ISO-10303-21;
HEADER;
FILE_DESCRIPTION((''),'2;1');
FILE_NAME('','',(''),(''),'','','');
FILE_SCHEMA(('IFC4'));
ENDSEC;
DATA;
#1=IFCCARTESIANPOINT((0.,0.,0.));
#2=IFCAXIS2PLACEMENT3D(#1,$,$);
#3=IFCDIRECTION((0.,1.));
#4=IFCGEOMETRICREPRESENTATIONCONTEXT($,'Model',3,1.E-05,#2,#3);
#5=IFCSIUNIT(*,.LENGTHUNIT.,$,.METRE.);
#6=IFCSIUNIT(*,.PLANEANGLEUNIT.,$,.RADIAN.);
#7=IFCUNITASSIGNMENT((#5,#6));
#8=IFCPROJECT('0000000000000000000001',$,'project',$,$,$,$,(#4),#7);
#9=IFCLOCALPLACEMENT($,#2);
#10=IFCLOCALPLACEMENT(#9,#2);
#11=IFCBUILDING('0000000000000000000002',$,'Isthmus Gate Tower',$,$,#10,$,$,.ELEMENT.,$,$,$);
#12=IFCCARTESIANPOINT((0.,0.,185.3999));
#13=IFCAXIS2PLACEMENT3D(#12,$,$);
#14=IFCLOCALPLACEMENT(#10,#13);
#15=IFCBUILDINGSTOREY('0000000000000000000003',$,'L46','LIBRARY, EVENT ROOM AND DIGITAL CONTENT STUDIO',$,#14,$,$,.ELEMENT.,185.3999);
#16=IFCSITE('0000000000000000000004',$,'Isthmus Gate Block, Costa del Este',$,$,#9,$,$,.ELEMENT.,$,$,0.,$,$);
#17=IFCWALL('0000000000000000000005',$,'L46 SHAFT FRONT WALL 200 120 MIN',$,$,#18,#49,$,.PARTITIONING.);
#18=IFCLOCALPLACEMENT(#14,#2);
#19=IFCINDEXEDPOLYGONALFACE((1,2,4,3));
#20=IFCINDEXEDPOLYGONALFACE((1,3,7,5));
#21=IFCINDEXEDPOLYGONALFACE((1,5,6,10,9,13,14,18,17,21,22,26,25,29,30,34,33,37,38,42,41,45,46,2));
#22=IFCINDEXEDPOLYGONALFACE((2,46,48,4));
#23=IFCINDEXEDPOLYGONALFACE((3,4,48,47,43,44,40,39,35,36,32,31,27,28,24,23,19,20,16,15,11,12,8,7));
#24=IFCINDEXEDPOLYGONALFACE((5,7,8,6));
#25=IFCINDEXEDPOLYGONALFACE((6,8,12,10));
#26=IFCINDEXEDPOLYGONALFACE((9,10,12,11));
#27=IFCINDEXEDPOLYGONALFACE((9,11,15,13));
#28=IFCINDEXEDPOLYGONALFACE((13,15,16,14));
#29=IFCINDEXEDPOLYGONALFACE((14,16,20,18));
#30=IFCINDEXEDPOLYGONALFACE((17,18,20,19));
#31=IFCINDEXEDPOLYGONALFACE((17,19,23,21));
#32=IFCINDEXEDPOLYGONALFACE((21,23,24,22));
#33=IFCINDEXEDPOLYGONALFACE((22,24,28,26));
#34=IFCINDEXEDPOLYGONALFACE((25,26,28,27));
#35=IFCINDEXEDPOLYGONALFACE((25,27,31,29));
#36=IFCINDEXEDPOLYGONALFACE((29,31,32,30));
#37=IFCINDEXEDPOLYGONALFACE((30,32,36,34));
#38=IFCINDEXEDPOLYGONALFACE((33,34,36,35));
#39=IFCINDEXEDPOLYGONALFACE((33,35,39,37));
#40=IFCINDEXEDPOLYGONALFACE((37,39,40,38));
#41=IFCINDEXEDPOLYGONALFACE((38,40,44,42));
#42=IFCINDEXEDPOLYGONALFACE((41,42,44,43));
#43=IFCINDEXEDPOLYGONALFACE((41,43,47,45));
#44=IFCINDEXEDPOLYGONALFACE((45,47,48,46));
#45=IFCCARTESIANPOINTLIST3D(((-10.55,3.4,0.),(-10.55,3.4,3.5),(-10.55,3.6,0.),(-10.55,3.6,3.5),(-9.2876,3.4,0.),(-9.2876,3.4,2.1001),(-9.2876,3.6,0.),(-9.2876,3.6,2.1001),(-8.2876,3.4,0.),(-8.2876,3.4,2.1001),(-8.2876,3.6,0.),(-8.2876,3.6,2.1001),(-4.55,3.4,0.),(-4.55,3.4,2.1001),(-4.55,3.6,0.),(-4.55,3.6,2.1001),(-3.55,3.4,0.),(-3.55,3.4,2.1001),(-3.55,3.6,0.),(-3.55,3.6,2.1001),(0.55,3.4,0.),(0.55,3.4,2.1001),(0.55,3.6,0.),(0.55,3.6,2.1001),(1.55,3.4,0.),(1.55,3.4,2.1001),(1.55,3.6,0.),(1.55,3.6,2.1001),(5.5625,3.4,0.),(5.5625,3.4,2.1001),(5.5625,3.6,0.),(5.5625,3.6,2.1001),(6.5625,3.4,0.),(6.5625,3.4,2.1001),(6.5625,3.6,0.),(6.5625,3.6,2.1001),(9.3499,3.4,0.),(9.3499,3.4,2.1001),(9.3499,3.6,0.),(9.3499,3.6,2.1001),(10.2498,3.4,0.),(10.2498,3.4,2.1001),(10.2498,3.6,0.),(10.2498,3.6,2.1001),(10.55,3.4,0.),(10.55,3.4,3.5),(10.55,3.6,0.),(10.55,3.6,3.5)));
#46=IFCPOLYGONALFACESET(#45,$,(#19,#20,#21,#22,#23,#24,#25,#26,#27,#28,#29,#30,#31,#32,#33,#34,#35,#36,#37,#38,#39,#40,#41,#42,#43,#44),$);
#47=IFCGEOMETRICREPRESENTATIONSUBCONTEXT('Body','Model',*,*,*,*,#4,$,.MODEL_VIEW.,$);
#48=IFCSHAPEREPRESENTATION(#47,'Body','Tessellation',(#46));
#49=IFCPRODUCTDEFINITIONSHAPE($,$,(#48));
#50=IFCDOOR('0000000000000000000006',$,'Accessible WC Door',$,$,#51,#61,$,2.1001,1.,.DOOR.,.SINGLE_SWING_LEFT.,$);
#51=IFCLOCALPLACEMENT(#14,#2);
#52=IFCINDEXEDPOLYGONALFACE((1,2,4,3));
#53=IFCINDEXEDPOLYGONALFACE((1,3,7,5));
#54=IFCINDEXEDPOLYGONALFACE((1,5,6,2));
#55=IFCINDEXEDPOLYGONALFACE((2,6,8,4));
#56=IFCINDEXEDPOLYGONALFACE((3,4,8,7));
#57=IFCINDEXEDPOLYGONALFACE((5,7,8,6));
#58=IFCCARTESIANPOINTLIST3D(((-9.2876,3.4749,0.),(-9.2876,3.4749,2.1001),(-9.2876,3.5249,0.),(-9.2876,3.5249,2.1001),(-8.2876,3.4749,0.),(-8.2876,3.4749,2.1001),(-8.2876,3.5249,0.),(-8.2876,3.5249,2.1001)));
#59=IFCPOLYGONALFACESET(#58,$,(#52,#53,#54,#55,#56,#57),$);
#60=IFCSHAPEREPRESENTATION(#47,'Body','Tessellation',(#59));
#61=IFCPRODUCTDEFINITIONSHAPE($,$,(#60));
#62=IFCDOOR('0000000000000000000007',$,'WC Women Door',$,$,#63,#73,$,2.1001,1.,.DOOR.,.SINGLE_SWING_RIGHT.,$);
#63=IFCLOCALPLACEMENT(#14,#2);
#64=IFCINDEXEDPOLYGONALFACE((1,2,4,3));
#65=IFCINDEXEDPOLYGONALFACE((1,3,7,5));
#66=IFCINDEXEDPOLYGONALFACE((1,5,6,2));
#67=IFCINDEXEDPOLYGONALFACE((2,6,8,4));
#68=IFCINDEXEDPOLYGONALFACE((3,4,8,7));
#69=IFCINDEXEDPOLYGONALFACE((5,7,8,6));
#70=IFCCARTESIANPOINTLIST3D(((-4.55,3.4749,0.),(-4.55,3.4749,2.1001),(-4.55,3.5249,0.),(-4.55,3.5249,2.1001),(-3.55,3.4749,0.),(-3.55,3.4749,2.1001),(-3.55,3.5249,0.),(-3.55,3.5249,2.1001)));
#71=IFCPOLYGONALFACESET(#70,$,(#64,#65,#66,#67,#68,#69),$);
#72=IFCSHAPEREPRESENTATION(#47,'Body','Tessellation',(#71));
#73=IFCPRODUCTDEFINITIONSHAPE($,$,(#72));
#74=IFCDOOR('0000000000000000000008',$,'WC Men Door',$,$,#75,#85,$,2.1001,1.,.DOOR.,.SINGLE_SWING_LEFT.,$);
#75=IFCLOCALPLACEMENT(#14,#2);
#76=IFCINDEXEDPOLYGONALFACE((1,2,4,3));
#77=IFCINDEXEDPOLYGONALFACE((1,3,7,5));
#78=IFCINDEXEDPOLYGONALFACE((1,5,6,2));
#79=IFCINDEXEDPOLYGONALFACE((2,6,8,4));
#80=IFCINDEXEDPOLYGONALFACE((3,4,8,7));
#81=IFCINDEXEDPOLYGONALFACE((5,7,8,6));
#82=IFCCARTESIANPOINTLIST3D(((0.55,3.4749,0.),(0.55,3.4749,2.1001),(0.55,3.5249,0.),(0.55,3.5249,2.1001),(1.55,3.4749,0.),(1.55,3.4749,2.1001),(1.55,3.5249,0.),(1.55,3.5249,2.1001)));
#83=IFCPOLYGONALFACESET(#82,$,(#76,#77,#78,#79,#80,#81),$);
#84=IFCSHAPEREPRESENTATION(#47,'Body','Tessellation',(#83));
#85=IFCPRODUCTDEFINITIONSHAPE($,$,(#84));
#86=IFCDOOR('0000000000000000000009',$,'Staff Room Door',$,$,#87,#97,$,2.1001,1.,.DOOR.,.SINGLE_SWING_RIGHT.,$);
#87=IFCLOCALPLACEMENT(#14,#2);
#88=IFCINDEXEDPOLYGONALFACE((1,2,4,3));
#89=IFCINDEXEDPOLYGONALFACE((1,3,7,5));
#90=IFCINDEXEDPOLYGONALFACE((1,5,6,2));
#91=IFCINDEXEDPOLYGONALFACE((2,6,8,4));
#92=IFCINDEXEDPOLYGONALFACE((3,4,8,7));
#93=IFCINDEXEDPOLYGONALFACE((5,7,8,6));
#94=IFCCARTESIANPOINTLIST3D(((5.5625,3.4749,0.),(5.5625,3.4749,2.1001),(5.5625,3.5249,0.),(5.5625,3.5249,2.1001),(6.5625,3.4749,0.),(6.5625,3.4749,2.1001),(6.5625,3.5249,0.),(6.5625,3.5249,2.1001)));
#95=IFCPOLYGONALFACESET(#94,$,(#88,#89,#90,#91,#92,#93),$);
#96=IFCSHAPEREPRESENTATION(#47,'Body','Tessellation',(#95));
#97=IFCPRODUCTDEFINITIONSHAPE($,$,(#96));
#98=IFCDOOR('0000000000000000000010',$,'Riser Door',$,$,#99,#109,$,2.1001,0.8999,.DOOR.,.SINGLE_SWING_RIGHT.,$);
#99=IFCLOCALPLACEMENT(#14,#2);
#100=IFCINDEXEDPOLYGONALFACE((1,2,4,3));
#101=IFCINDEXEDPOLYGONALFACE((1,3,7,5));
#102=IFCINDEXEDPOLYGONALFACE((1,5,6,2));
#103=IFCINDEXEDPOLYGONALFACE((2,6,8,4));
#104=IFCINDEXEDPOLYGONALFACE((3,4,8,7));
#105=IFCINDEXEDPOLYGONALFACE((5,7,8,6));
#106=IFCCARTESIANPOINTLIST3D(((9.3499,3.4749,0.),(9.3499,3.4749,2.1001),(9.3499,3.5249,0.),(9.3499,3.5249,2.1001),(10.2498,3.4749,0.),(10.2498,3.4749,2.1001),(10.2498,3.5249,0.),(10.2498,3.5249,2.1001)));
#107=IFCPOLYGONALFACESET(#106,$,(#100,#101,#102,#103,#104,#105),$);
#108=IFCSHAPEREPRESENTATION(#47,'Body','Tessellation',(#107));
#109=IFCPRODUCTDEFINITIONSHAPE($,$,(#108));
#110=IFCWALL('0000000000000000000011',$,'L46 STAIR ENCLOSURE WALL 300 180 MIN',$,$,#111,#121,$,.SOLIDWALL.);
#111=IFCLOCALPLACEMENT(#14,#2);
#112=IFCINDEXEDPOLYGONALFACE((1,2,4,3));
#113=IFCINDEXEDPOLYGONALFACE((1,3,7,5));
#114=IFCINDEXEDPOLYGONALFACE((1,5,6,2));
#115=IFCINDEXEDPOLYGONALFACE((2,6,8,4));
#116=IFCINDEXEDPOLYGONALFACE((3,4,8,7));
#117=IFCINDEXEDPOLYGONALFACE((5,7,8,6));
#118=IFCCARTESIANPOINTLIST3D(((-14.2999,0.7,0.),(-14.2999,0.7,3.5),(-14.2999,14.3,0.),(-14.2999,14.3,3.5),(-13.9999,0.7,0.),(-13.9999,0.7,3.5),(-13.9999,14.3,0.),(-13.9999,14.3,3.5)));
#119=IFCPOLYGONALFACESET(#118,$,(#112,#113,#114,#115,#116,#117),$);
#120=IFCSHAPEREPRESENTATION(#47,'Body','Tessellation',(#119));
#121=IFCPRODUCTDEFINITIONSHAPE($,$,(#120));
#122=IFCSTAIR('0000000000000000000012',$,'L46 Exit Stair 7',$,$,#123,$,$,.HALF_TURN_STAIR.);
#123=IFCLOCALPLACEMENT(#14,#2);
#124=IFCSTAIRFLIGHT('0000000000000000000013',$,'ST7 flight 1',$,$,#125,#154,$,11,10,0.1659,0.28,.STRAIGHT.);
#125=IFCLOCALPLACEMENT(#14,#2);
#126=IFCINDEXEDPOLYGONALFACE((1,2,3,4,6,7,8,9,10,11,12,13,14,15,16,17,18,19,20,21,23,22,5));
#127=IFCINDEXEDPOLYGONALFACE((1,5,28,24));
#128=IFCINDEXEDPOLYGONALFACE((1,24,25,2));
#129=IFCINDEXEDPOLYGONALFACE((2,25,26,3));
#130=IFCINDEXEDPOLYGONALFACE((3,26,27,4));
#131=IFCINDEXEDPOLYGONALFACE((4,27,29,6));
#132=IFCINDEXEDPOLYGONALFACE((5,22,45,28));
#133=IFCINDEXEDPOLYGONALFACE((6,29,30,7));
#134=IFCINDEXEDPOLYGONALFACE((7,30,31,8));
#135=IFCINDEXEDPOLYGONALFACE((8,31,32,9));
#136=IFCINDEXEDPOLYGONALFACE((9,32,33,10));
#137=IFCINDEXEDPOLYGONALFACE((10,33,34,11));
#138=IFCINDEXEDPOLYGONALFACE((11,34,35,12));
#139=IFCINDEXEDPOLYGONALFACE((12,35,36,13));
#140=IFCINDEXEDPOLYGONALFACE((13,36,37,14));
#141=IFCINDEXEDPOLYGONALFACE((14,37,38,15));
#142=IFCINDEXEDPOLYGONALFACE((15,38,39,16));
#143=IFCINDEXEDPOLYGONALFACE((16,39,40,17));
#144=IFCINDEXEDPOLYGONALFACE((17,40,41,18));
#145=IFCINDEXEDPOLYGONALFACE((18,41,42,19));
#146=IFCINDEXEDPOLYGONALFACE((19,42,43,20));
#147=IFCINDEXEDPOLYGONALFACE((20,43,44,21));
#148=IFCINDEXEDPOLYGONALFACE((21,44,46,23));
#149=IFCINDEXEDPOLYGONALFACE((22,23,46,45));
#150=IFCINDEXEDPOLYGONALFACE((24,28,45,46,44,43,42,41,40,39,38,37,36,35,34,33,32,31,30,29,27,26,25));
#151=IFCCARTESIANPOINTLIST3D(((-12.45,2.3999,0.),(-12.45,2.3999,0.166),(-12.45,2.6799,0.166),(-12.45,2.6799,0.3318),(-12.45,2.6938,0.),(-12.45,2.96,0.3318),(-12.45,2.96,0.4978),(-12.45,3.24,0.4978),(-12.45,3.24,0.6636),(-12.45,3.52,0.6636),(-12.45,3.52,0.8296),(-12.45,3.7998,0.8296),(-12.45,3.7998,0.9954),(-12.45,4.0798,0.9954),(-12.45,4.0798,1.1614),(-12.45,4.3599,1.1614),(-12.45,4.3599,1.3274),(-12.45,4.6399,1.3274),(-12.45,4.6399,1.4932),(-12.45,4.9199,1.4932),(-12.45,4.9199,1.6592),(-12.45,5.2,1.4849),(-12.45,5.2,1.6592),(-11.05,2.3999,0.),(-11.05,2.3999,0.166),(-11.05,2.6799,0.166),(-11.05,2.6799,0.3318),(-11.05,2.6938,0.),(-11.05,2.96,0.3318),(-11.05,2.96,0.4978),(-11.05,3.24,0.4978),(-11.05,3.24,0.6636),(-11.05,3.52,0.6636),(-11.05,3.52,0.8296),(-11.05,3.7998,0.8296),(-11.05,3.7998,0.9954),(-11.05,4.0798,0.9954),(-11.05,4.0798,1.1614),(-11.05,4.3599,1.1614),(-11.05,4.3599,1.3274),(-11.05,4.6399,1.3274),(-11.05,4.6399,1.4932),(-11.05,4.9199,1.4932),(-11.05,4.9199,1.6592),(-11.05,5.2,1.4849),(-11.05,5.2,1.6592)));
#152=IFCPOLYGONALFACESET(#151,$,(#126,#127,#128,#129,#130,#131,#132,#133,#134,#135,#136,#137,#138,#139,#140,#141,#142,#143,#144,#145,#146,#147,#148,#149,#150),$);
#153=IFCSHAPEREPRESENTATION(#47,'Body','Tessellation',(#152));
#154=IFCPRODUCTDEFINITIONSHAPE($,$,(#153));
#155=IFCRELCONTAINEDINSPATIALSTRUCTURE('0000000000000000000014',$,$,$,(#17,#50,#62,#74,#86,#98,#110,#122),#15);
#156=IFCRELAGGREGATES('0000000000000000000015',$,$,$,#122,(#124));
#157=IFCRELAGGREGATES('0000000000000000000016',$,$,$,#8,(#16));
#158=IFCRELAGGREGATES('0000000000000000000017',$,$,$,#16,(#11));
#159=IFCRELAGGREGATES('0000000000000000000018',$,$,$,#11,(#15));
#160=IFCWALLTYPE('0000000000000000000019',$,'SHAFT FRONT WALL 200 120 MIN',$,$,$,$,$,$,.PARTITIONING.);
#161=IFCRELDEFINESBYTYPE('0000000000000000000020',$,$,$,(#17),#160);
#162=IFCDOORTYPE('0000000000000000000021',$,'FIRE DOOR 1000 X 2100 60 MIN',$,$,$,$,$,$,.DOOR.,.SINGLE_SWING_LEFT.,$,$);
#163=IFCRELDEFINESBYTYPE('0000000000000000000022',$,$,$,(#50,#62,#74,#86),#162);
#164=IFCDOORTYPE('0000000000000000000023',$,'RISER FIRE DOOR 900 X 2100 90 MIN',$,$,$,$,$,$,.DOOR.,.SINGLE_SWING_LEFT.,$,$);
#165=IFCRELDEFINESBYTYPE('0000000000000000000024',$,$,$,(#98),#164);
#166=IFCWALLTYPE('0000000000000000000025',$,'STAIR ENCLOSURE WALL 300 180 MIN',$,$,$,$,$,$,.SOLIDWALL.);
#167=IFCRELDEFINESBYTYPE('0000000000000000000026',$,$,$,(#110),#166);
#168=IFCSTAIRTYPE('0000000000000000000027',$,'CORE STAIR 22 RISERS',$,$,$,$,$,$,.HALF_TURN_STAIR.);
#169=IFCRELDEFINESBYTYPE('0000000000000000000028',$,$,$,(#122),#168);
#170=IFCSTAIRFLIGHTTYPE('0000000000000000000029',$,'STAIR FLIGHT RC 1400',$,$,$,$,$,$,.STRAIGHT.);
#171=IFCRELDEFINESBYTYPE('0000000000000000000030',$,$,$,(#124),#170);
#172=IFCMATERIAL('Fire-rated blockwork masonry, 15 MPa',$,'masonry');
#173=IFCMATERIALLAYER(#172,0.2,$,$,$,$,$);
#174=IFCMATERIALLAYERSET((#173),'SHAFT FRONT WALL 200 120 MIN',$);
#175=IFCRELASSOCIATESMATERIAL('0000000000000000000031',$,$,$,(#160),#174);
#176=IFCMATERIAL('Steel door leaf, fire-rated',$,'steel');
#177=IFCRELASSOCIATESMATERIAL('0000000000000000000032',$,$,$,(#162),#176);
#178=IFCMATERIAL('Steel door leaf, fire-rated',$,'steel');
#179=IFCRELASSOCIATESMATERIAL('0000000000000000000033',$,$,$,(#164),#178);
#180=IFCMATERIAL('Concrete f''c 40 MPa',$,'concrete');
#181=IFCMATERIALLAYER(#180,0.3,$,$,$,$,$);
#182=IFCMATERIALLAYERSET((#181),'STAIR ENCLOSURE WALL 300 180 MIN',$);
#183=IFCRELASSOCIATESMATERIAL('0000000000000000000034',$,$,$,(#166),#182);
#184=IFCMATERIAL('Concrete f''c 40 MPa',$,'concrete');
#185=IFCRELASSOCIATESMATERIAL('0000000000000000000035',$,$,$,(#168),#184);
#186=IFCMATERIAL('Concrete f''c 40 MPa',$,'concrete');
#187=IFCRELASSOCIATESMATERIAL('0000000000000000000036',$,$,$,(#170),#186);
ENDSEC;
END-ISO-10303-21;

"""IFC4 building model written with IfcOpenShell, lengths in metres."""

from ifc_helpers import new_model, si_unit, direction, frame, frame_2d, origin, place, context, subcontext, project, spatial, polyline, rectangle, outline, extrude, material, layer, layer_set, type_object, element, fill, aggregate, save


model = new_model("IFC4")

# Units and contexts
model_context = context("Model", 3, precision=1e-05, world=origin(), true_north=direction((0.0, 1.0)))
body_context = subcontext(model_context, "Body", "Model", "MODEL_VIEW")
ifc_project = project(units=[si_unit("LENGTHUNIT", "METRE"), si_unit("PLANEANGLEUNIT", "RADIAN")], contexts=[model_context])

# Site, building, storey
site_placement = place(None, origin())
site = spatial("IfcSite", under=ifc_project, at=site_placement, Name="Isthmus Gate Block, Costa del Este", CompositionType="ELEMENT", RefElevation=0.0)
building_placement = place(site_placement, origin())
building = spatial("IfcBuilding", under=site, at=building_placement, Name="Isthmus Gate Tower", CompositionType="ELEMENT")
storey_placement = place(building_placement, frame((0.0, 0.0, 185.3999)))
storey = spatial("IfcBuildingStorey", under=building, at=storey_placement, Name="L46", Description="LIBRARY, EVENT ROOM AND DIGITAL CONTENT STUDIO", CompositionType="ELEMENT", Elevation=185.3999)

# Wall, openings, doors
ifc_material_1 = material(Name="Fire-rated blockwork masonry, 15 MPa", Category="masonry")
ifc_layer_1 = layer(ifc_material_1, 0.2)
ifc_layer_set_1 = layer_set([ifc_layer_1], Name="SHAFT FRONT WALL 200 120 MIN")
wall_type_1 = type_object("IfcWallType", Name="SHAFT FRONT WALL 200 120 MIN", PredefinedType="PARTITIONING", material=ifc_layer_set_1)
wall_1_placement = place(storey_placement, frame((-10.55, 3.5, 0.0), z_axis=(0.0, 0.0, 1.0), x_axis=(1.0, 0.0, 0.0)))
wall_1 = element("IfcWall", 1, at=wall_1_placement, inside=storey, type_object=wall_type_1, Name="L46 SHAFT FRONT WALL 200 120 MIN", PredefinedType="PARTITIONING", context=body_context, shape_type="SweptSolid", body=[
    extrude(rectangle(XDim=21.1001, YDim=0.2, at=frame_2d((10.55, 0.0))), origin(), (0.0, 0.0, 1.0), 3.5),
])
opening_1_placement = place(wall_1_placement, frame((1.2625, 0.0, 0.0)))
opening_1 = element("IfcOpeningElement", 2, at=opening_1_placement, cuts=wall_1, PredefinedType="OPENING", context=body_context, shape_type="SweptSolid", body=[
    extrude(rectangle(XDim=1.0, YDim=2.1001, at=frame_2d((0.5, 1.05))), frame((0.0, 0.1099, 0.0), z_axis=(0.0, -1.0, 0.0), x_axis=(1.0, 0.0, 0.0)), (0.0, 0.0, 1.0), 0.22),
])
opening_2_placement = place(wall_1_placement, frame((6.0, 0.0, 0.0)))
opening_2 = element("IfcOpeningElement", 3, at=opening_2_placement, cuts=wall_1, PredefinedType="OPENING", context=body_context, shape_type="SweptSolid", body=[
    extrude(rectangle(XDim=1.0, YDim=2.1001, at=frame_2d((0.5, 1.05))), frame((0.0, 0.1099, 0.0), z_axis=(0.0, -1.0, 0.0), x_axis=(1.0, 0.0, 0.0)), (0.0, 0.0, 1.0), 0.22),
])
opening_3_placement = place(wall_1_placement, frame((11.1001, 0.0, 0.0)))
opening_3 = element("IfcOpeningElement", 4, at=opening_3_placement, cuts=wall_1, PredefinedType="OPENING", context=body_context, shape_type="SweptSolid", body=[
    extrude(rectangle(XDim=1.0, YDim=2.1001, at=frame_2d((0.5, 1.05))), frame((0.0, 0.1099, 0.0), z_axis=(0.0, -1.0, 0.0), x_axis=(1.0, 0.0, 0.0)), (0.0, 0.0, 1.0), 0.22),
])
opening_4_placement = place(wall_1_placement, frame((16.1125, 0.0, 0.0)))
opening_4 = element("IfcOpeningElement", 5, at=opening_4_placement, cuts=wall_1, PredefinedType="OPENING", context=body_context, shape_type="SweptSolid", body=[
    extrude(rectangle(XDim=1.0, YDim=2.1001, at=frame_2d((0.5, 1.05))), frame((0.0, 0.1099, 0.0), z_axis=(0.0, -1.0, 0.0), x_axis=(1.0, 0.0, 0.0)), (0.0, 0.0, 1.0), 0.22),
])
opening_5_placement = place(wall_1_placement, frame((19.8999, 0.0, 0.0)))
opening_5 = element("IfcOpeningElement", 6, at=opening_5_placement, cuts=wall_1, PredefinedType="OPENING", context=body_context, shape_type="SweptSolid", body=[
    extrude(rectangle(XDim=0.8999, YDim=2.1001, at=frame_2d((0.45, 1.05))), frame((0.0, 0.1099, 0.0), z_axis=(0.0, -1.0, 0.0), x_axis=(1.0, 0.0, 0.0)), (0.0, 0.0, 1.0), 0.22),
])
ifc_material_2 = material(Name="Steel door leaf, fire-rated", Category="steel")
door_type_1 = type_object("IfcDoorType", Name="FIRE DOOR 1000 X 2100 60 MIN", OperationType="SINGLE_SWING_LEFT", PredefinedType="DOOR", material=ifc_material_2)
door_1_placement = place(opening_1_placement, origin())
door_1 = element("IfcDoor", 7, at=door_1_placement, inside=storey, type_object=door_type_1, Name="Accessible WC Door", OperationType="SINGLE_SWING_LEFT", OverallHeight=2.1001, OverallWidth=1.0, PredefinedType="DOOR", context=body_context, shape_type="SweptSolid", body=[
    extrude(rectangle(XDim=1.0, YDim=2.1001, at=frame_2d((0.5, 1.05))), frame((0.0, 0.0249, 0.0), z_axis=(0.0, -1.0, 0.0), x_axis=(1.0, 0.0, 0.0)), (0.0, 0.0, 1.0), 0.05),
])
fill(opening_1, door_1)
door_2_placement = place(opening_2_placement, origin())
door_2 = element("IfcDoor", 8, at=door_2_placement, inside=storey, type_object=door_type_1, Name="WC Women Door", OperationType="SINGLE_SWING_RIGHT", OverallHeight=2.1001, OverallWidth=1.0, PredefinedType="DOOR", context=body_context, shape_type="SweptSolid", body=[
    extrude(rectangle(XDim=1.0, YDim=2.1001, at=frame_2d((0.5, 1.05))), frame((0.0, 0.0249, 0.0), z_axis=(0.0, -1.0, 0.0), x_axis=(1.0, 0.0, 0.0)), (0.0, 0.0, 1.0), 0.05),
])
fill(opening_2, door_2)
door_3_placement = place(opening_3_placement, origin())
door_3 = element("IfcDoor", 9, at=door_3_placement, inside=storey, type_object=door_type_1, Name="WC Men Door", OperationType="SINGLE_SWING_LEFT", OverallHeight=2.1001, OverallWidth=1.0, PredefinedType="DOOR", context=body_context, shape_type="SweptSolid", body=[
    extrude(rectangle(XDim=1.0, YDim=2.1001, at=frame_2d((0.5, 1.05))), frame((0.0, 0.0249, 0.0), z_axis=(0.0, -1.0, 0.0), x_axis=(1.0, 0.0, 0.0)), (0.0, 0.0, 1.0), 0.05),
])
fill(opening_3, door_3)
door_4_placement = place(opening_4_placement, origin())
door_4 = element("IfcDoor", 10, at=door_4_placement, inside=storey, type_object=door_type_1, Name="Staff Room Door", OperationType="SINGLE_SWING_RIGHT", OverallHeight=2.1001, OverallWidth=1.0, PredefinedType="DOOR", context=body_context, shape_type="SweptSolid", body=[
    extrude(rectangle(XDim=1.0, YDim=2.1001, at=frame_2d((0.5, 1.05))), frame((0.0, 0.0249, 0.0), z_axis=(0.0, -1.0, 0.0), x_axis=(1.0, 0.0, 0.0)), (0.0, 0.0, 1.0), 0.05),
])
fill(opening_4, door_4)
ifc_material_3 = material(Name="Steel door leaf, fire-rated", Category="steel")
door_type_2 = type_object("IfcDoorType", Name="RISER FIRE DOOR 900 X 2100 90 MIN", OperationType="SINGLE_SWING_LEFT", PredefinedType="DOOR", material=ifc_material_3)
door_5_placement = place(opening_5_placement, origin())
door_5 = element("IfcDoor", 11, at=door_5_placement, inside=storey, type_object=door_type_2, Name="Riser Door", OperationType="SINGLE_SWING_RIGHT", OverallHeight=2.1001, OverallWidth=0.8999, PredefinedType="DOOR", context=body_context, shape_type="SweptSolid", body=[
    extrude(rectangle(XDim=0.8999, YDim=2.1001, at=frame_2d((0.45, 1.05))), frame((0.0, 0.0249, 0.0), z_axis=(0.0, -1.0, 0.0), x_axis=(1.0, 0.0, 0.0)), (0.0, 0.0, 1.0), 0.05),
])
fill(opening_5, door_5)

# Wall
ifc_material_4 = material(Name="Concrete f'c 40 MPa", Category="concrete")
ifc_layer_2 = layer(ifc_material_4, 0.3)
ifc_layer_set_2 = layer_set([ifc_layer_2], Name="STAIR ENCLOSURE WALL 300 180 MIN")
wall_type_2 = type_object("IfcWallType", Name="STAIR ENCLOSURE WALL 300 180 MIN", PredefinedType="SOLIDWALL", material=ifc_layer_set_2)
wall_2_placement = place(storey_placement, frame((-14.1499, 0.7, 0.0), z_axis=(0.0, 0.0, 1.0), x_axis=(0.0, 1.0, 0.0)))
element("IfcWall", 12, at=wall_2_placement, inside=storey, type_object=wall_type_2, Name="L46 STAIR ENCLOSURE WALL 300 180 MIN", PredefinedType="SOLIDWALL", context=body_context, shape_type="SweptSolid", body=[
    extrude(rectangle(XDim=13.6001, YDim=0.3, at=frame_2d((6.8, 0.0))), origin(), (0.0, 0.0, 1.0), 3.5),
])

# Stair, stair flight
ifc_material_5 = material(Name="Concrete f'c 40 MPa", Category="concrete")
stair_type = type_object("IfcStairType", Name="CORE STAIR 22 RISERS", PredefinedType="HALF_TURN_STAIR", material=ifc_material_5)
stair_placement = place(storey_placement, origin())
stair = element("IfcStair", 13, at=stair_placement, inside=storey, type_object=stair_type, Name="L46 Exit Stair 7", PredefinedType="HALF_TURN_STAIR")
ifc_material_6 = material(Name="Concrete f'c 40 MPa", Category="concrete")
stair_flight_type = type_object("IfcStairFlightType", Name="STAIR FLIGHT RC 1400", PredefinedType="STRAIGHT", material=ifc_material_6)
stair_flight_placement = place(storey_placement, frame((-11.75, 2.3999, 0.0), z_axis=(0.0, 0.0, 1.0), x_axis=(0.0, 1.0, 0.0)))
stair_flight = element("IfcStairFlight", 14, at=stair_flight_placement, type_object=stair_flight_type, Name="ST7 flight 1", NumberOfRisers=11, NumberOfTreads=10, PredefinedType="STRAIGHT", RiserHeight=0.1659, TreadLength=0.28, context=body_context, shape_type="SweptSolid", body=[
    extrude(outline(polyline([(0.0, 0.0), (0.0, 0.166), (0.28, 0.166), (0.28, 0.3318), (0.5601, 0.3318), (0.5601, 0.4978), (0.8401, 0.4978), (0.8401, 0.6636), (1.1201, 0.6636), (1.1201, 0.8296), (1.3999, 0.8296), (1.3999, 0.9954), (1.6799, 0.9954), (1.6799, 1.1614), (1.96, 1.1614), (1.96, 1.3274), (2.24, 1.3274), (2.24, 1.4932), (2.52, 1.4932), (2.52, 1.6592), (2.8, 1.6592), (2.8, 1.825), (2.8, 1.4849), (0.2939, 0.0), (0.0, 0.0)])), frame((0.0, 0.7, 0.0), z_axis=(0.0, -1.0, 0.0), x_axis=(1.0, 0.0, 0.0)), (0.0, 0.0, 1.0), 1.3999),
])
aggregate(stair, [stair_flight])

save(model, "model.ifc")
